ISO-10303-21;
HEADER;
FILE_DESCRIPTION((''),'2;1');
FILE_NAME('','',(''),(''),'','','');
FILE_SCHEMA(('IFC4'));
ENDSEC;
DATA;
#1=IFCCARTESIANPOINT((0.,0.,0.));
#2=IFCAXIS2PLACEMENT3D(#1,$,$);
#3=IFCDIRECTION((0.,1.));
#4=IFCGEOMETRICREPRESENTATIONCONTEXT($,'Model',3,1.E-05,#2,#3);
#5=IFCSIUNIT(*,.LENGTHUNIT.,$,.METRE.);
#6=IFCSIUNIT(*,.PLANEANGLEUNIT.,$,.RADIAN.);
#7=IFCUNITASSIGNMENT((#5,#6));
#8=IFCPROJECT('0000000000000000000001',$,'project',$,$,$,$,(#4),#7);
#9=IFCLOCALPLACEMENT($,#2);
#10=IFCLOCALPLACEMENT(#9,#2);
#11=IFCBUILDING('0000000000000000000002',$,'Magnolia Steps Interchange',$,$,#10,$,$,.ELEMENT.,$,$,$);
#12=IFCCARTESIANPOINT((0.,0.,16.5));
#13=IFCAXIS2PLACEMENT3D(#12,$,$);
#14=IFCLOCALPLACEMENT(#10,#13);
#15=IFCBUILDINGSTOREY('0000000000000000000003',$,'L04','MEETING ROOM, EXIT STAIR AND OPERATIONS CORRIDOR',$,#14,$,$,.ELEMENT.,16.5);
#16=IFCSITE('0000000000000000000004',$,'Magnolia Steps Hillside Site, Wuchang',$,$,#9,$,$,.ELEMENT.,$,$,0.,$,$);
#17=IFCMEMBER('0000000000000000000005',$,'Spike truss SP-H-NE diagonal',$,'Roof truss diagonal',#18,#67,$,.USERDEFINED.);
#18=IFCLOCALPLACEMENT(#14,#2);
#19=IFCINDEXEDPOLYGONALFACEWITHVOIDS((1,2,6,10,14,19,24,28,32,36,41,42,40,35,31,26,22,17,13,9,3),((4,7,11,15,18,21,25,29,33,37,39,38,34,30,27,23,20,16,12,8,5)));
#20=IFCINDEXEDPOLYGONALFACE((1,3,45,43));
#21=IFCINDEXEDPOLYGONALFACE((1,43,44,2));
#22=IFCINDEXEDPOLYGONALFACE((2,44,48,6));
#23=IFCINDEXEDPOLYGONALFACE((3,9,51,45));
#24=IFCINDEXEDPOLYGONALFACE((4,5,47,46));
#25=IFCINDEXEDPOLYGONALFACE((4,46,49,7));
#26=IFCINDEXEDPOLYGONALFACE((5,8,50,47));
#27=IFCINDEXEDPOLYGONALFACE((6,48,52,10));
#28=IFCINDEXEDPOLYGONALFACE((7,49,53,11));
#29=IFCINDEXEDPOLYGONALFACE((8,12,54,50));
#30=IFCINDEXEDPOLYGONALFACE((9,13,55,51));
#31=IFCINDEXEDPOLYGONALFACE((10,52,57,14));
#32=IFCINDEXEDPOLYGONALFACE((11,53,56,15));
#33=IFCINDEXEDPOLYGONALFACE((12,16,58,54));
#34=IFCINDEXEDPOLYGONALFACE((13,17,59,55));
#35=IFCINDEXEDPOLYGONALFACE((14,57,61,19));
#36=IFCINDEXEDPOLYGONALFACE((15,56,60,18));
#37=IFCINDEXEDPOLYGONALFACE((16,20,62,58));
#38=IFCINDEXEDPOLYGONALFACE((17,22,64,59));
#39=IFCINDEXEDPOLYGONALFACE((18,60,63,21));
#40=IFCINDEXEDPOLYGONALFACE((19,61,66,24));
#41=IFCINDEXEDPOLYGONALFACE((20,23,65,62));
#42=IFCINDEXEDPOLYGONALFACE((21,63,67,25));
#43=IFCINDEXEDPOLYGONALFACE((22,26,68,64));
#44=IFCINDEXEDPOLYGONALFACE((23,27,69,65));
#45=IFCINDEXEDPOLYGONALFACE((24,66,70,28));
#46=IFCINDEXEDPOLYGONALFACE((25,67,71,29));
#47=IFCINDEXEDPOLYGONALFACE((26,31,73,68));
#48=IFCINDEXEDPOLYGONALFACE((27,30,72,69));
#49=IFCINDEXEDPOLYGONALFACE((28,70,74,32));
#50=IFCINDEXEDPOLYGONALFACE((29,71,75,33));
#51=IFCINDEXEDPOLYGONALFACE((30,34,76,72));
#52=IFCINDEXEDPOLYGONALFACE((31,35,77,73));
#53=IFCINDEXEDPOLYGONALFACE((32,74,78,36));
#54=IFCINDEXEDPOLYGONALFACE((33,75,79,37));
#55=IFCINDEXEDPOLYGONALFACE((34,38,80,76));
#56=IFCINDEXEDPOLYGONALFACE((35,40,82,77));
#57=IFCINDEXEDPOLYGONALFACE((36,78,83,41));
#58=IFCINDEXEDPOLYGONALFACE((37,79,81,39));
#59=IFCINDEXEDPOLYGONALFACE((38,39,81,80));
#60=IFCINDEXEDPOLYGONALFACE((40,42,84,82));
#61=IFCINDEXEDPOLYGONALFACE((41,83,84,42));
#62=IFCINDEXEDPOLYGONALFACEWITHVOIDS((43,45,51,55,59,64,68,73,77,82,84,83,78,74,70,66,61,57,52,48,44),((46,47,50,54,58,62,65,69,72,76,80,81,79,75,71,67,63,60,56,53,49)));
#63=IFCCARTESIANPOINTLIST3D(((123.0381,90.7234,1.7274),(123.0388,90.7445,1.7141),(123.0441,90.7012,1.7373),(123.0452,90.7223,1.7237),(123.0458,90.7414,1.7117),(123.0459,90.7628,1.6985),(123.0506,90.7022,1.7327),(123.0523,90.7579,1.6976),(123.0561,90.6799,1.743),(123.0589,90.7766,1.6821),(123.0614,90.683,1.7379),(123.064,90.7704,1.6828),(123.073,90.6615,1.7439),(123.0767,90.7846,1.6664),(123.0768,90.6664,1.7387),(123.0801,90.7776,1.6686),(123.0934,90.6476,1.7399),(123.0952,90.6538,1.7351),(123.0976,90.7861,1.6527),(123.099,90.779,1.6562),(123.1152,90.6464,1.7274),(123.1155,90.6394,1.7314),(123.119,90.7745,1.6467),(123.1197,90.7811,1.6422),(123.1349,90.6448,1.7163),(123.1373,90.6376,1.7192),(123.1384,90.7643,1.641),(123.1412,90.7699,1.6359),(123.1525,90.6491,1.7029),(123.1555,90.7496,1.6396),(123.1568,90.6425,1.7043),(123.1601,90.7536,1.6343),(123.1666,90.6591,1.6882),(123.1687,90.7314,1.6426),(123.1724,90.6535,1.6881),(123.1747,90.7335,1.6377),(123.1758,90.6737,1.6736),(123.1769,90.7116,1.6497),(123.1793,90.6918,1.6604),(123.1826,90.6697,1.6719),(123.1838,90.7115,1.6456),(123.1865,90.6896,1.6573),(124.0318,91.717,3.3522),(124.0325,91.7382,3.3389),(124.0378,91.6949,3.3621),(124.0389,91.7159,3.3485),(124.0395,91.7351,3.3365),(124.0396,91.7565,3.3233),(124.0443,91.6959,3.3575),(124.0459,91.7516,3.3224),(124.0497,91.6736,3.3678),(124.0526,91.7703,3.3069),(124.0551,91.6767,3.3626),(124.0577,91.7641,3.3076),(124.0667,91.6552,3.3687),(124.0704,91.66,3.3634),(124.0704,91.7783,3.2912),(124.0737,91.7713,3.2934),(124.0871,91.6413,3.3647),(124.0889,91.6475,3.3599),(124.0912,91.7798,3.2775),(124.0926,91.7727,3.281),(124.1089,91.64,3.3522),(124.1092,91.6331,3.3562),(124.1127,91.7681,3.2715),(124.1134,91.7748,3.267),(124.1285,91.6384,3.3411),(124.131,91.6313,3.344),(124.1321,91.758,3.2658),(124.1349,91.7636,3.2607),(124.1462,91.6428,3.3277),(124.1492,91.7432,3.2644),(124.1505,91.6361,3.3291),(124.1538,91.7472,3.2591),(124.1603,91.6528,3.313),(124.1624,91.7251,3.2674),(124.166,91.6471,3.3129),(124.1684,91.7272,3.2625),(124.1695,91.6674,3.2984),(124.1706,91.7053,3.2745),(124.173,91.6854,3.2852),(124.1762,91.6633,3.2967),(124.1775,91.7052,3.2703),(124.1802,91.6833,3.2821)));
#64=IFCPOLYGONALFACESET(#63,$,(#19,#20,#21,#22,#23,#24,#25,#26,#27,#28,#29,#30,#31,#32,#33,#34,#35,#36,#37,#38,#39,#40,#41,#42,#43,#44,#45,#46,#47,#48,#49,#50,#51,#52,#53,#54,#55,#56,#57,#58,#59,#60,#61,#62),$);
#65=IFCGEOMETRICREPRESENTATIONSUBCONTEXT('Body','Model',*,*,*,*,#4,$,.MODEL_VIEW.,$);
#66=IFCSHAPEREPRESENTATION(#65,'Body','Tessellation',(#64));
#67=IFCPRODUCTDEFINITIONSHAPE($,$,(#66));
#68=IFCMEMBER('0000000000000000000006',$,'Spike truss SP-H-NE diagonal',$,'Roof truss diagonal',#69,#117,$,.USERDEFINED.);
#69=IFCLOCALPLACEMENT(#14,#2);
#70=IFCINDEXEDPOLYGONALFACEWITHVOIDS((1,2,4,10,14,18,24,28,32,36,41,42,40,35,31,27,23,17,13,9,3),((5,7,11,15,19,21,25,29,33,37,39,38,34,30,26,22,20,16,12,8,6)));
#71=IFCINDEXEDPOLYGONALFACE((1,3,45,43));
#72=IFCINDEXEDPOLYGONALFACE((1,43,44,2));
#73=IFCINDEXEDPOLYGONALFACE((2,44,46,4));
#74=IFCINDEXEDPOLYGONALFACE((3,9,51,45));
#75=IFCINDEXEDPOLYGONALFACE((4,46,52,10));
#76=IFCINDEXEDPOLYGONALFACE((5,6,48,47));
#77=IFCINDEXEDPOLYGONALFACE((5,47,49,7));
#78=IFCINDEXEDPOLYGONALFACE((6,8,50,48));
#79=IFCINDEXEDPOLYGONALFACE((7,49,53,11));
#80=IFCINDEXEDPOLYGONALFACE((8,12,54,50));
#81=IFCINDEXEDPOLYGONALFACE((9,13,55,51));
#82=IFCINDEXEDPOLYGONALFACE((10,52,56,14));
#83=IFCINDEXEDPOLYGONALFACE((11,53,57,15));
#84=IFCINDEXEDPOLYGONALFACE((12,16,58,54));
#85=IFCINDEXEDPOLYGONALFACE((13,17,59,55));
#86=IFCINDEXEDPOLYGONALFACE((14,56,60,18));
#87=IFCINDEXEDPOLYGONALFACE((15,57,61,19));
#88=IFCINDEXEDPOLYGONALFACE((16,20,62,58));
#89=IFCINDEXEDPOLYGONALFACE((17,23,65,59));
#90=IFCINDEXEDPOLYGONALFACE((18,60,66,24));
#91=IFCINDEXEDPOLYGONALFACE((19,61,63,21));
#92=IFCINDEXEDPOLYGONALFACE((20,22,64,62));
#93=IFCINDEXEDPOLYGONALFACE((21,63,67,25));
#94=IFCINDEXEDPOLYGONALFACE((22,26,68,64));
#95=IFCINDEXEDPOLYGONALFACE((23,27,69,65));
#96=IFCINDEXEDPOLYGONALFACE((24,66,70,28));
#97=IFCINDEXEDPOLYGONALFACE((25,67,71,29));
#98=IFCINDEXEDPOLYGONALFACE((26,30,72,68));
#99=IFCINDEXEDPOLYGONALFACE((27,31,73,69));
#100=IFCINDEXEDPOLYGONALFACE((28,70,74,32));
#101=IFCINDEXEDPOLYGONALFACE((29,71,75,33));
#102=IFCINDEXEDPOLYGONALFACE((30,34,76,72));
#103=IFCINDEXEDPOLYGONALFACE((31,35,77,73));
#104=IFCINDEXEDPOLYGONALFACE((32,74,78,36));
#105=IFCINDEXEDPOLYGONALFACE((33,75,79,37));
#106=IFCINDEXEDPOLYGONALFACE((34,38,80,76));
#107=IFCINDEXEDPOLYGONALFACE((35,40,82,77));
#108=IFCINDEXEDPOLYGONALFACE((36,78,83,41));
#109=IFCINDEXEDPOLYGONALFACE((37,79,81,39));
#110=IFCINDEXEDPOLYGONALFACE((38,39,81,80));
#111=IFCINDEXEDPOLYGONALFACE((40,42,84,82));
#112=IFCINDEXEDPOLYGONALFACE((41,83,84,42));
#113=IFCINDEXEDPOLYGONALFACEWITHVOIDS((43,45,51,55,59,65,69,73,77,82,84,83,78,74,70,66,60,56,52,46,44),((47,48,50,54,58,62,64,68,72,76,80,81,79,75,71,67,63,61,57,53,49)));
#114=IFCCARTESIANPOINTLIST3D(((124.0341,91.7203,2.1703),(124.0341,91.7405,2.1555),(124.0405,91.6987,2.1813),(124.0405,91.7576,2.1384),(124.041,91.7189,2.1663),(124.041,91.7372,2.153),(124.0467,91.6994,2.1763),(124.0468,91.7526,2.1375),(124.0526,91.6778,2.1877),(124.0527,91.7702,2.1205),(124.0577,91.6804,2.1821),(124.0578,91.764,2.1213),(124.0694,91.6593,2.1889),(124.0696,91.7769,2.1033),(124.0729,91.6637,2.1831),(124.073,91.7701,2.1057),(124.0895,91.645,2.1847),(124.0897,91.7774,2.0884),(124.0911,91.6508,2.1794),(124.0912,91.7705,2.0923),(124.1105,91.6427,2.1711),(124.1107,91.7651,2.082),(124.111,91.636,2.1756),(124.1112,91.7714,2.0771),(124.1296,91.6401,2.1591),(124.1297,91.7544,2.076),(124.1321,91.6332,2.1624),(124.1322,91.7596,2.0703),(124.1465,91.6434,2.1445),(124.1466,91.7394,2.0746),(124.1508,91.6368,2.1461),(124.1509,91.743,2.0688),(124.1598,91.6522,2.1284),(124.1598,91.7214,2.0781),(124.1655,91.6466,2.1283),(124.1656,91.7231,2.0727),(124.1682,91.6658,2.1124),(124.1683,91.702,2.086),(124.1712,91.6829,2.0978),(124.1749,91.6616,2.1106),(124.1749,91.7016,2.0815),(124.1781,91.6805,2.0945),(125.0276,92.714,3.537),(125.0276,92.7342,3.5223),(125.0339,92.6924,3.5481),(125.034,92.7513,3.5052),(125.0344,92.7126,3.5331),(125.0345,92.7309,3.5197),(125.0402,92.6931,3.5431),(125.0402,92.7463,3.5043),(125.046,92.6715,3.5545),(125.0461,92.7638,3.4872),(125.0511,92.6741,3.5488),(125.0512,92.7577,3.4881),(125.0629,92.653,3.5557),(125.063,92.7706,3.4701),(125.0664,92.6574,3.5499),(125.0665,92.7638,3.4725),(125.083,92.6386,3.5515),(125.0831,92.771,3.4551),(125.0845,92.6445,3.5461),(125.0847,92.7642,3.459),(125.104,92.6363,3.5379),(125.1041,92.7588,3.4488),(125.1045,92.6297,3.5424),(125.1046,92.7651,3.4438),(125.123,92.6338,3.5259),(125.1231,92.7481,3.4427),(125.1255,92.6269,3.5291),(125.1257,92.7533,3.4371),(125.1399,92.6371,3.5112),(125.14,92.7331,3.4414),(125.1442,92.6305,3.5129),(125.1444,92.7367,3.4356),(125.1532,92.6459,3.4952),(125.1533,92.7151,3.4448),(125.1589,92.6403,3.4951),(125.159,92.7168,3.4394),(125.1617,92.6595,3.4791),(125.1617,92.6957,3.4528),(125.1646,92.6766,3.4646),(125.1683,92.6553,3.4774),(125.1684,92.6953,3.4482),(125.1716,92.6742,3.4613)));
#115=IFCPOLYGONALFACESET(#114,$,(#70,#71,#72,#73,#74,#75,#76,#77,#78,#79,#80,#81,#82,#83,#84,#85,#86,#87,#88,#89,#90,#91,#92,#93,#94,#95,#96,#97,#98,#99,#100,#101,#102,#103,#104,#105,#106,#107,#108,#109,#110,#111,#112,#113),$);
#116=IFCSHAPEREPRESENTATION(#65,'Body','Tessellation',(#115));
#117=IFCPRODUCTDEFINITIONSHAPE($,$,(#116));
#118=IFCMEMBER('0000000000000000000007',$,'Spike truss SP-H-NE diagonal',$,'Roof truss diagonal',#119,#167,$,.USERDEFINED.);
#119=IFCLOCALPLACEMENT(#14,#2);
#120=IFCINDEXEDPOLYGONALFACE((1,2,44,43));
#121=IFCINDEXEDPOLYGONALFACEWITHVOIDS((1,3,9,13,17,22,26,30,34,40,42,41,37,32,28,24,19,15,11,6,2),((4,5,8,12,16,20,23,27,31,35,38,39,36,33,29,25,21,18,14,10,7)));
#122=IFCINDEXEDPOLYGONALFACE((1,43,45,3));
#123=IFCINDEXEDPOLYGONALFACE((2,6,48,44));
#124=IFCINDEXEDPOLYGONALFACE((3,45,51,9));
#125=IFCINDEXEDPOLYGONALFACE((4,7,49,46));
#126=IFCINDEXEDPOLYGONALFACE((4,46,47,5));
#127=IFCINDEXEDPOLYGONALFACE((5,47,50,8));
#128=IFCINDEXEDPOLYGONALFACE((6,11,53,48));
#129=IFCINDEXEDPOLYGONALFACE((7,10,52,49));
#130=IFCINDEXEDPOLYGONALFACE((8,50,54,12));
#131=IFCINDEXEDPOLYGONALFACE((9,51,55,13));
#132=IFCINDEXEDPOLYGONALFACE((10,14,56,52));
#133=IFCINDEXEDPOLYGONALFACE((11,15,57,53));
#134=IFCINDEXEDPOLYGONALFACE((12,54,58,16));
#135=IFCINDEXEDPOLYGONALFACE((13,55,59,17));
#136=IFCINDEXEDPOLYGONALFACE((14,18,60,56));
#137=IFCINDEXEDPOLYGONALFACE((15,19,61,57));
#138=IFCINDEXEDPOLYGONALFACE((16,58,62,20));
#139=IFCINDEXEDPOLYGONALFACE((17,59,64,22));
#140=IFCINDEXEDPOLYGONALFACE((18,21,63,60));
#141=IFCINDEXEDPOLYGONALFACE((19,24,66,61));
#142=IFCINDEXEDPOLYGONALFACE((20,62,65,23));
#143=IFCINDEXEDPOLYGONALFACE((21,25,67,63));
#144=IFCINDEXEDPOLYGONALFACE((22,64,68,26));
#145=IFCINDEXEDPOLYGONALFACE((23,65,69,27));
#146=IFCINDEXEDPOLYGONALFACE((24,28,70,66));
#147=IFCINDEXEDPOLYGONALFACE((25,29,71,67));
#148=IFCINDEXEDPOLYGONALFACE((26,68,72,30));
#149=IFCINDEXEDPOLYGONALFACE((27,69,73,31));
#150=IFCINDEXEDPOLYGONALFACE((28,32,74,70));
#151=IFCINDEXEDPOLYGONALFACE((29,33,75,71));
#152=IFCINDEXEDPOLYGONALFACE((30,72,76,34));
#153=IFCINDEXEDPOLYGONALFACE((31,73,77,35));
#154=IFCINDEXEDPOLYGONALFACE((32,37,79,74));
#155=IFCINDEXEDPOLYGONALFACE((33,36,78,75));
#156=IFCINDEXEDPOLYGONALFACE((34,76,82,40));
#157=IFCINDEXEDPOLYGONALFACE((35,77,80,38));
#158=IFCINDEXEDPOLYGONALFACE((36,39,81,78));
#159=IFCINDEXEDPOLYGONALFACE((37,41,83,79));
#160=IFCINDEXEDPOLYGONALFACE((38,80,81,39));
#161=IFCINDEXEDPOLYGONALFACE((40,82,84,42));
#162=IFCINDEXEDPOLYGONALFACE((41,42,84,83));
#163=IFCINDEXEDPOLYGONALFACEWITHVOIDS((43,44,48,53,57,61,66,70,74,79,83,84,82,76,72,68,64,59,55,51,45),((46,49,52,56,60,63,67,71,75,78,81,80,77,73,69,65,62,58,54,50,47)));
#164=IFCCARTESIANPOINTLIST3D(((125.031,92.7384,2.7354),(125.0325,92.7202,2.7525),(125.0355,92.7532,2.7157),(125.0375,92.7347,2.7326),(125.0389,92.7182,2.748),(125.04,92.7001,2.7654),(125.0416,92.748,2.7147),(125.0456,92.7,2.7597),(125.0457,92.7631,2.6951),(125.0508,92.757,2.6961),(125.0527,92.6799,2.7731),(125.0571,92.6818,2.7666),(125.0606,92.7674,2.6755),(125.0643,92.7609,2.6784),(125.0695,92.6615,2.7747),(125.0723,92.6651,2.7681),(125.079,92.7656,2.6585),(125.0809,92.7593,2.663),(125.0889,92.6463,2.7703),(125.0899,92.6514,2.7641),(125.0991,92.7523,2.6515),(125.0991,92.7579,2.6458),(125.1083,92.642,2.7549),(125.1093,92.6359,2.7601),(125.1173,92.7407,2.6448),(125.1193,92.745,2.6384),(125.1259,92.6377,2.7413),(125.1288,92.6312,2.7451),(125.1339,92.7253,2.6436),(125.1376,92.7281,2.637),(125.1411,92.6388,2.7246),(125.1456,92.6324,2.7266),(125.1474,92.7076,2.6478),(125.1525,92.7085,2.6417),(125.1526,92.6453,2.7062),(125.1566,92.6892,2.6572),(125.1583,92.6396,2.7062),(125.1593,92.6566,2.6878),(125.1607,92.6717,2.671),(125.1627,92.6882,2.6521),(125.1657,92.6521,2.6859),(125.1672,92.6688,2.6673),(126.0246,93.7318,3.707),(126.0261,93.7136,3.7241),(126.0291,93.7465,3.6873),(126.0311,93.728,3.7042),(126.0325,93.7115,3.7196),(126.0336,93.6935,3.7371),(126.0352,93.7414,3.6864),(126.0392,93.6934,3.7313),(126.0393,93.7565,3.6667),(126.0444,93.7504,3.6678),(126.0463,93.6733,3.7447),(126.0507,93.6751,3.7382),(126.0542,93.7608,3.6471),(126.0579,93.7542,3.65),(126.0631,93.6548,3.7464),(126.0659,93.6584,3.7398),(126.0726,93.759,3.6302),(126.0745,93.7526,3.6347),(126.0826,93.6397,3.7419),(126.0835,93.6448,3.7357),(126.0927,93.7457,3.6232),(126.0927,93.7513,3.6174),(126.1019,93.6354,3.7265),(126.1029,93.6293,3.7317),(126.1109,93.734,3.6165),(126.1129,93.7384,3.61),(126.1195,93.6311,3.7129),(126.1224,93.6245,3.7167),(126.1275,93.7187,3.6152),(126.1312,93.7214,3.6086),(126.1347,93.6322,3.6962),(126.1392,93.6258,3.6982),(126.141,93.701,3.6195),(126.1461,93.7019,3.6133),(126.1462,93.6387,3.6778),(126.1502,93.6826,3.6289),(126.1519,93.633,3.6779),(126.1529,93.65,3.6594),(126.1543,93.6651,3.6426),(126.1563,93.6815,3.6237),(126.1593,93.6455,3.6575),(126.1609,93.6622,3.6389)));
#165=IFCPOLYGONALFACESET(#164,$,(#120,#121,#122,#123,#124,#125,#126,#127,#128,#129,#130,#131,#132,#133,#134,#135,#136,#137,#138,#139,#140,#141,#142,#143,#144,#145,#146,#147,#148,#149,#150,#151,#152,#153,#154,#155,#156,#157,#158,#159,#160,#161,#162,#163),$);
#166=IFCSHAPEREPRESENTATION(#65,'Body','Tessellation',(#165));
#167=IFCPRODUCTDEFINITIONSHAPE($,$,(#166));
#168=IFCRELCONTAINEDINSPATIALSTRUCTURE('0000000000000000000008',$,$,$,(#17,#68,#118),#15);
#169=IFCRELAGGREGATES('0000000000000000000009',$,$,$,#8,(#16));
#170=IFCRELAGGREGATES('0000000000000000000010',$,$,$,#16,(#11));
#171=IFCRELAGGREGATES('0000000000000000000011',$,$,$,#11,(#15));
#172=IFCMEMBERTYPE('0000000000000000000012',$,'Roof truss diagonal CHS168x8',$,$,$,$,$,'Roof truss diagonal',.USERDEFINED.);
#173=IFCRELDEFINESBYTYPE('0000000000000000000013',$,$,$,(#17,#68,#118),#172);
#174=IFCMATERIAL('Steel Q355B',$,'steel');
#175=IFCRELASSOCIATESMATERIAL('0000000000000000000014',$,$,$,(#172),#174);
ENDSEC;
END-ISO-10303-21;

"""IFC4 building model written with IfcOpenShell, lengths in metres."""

from ifc_helpers import new_model, si_unit, direction, frame, origin, origin_2d, place, context, subcontext, project, spatial, hollow_circle, extrude, material, material_profile, profile_set, type_object, element, save


model = new_model("IFC4")

# Units and contexts
model_context = context("Model", 3, precision=1e-05, world=origin(), true_north=direction((0.0, 1.0)))
body_context = subcontext(model_context, "Body", "Model", "MODEL_VIEW")
ifc_project = project(units=[si_unit("LENGTHUNIT", "METRE"), si_unit("PLANEANGLEUNIT", "RADIAN")], contexts=[model_context])

# Site, building, storey
site_placement = place(None, origin())
site = spatial("IfcSite", under=ifc_project, at=site_placement, Name="Magnolia Steps Hillside Site, Wuchang", CompositionType="ELEMENT", RefElevation=0.0)
building_placement = place(site_placement, origin())
building = spatial("IfcBuilding", under=site, at=building_placement, Name="Magnolia Steps Interchange", CompositionType="ELEMENT")
storey_placement = place(building_placement, frame((0.0, 0.0, 16.5)))
storey = spatial("IfcBuildingStorey", under=building, at=storey_placement, Name="L04", Description="MEETING ROOM, EXIT STAIR AND OPERATIONS CORRIDOR", CompositionType="ELEMENT", Elevation=16.5)

# Members
ifc_material_1 = material(Name="Steel Q355B", Category="steel")
ifc_material_profile_1 = material_profile(ifc_material_1, hollow_circle(Radius=0.084, WallThickness=0.0081, at=origin_2d()), Name="CHS168x8")
ifc_profile_set_1 = profile_set([ifc_material_profile_1], Name="Steel Q355B")
member_type_1 = type_object("IfcMemberType", Name="Roof truss diagonal CHS168x8", ElementType="Roof truss diagonal", PredefinedType="USERDEFINED", material=ifc_profile_set_1)
member_1_placement = place(storey_placement, frame((123.1121, 90.7119, 1.6892), z_axis=(0.462563, 0.462563, 0.756353), x_axis=(-0.787538, 0.606205, 0.110898)))
element("IfcMember", 1, at=member_1_placement, inside=storey, type_object=member_type_1, Name="Spike truss SP-H-NE diagonal", ObjectType="Roof truss diagonal", PredefinedType="USERDEFINED", context=body_context, shape_type="SweptSolid", body=[
    extrude(hollow_circle(Radius=0.084, WallThickness=0.0081, at=origin_2d()), origin(), (0.0, 0.0, 1.0), 2.1482),
])
member_2_placement = place(storey_placement, frame((124.1057, 91.7056, 2.1289), z_axis=(0.50681, 0.506934, 0.697253), x_axis=(-0.776299, 0.620073, 0.113445)))
element("IfcMember", 2, at=member_2_placement, inside=storey, type_object=member_type_1, Name="Spike truss SP-H-NE diagonal", ObjectType="Roof truss diagonal", PredefinedType="USERDEFINED", context=body_context, shape_type="SweptSolid", body=[
    extrude(hollow_circle(Radius=0.084, WallThickness=0.0081, at=origin_2d()), origin(), (0.0, 0.0, 1.0), 1.9602),
])
member_3_placement = place(storey_placement, frame((125.0991, 92.6992, 2.7058), z_axis=(0.581654, 0.581511, 0.568792), x_axis=(-0.757237, 0.642482, 0.117511)))
element("IfcMember", 3, at=member_3_placement, inside=storey, type_object=member_type_1, Name="Spike truss SP-H-NE diagonal", ObjectType="Roof truss diagonal", PredefinedType="USERDEFINED", context=body_context, shape_type="SweptSolid", body=[
    extrude(hollow_circle(Radius=0.084, WallThickness=0.0081, at=origin_2d()), origin(), (0.0, 0.0, 1.0), 1.7083),
])

save(model, "model.ifc")
